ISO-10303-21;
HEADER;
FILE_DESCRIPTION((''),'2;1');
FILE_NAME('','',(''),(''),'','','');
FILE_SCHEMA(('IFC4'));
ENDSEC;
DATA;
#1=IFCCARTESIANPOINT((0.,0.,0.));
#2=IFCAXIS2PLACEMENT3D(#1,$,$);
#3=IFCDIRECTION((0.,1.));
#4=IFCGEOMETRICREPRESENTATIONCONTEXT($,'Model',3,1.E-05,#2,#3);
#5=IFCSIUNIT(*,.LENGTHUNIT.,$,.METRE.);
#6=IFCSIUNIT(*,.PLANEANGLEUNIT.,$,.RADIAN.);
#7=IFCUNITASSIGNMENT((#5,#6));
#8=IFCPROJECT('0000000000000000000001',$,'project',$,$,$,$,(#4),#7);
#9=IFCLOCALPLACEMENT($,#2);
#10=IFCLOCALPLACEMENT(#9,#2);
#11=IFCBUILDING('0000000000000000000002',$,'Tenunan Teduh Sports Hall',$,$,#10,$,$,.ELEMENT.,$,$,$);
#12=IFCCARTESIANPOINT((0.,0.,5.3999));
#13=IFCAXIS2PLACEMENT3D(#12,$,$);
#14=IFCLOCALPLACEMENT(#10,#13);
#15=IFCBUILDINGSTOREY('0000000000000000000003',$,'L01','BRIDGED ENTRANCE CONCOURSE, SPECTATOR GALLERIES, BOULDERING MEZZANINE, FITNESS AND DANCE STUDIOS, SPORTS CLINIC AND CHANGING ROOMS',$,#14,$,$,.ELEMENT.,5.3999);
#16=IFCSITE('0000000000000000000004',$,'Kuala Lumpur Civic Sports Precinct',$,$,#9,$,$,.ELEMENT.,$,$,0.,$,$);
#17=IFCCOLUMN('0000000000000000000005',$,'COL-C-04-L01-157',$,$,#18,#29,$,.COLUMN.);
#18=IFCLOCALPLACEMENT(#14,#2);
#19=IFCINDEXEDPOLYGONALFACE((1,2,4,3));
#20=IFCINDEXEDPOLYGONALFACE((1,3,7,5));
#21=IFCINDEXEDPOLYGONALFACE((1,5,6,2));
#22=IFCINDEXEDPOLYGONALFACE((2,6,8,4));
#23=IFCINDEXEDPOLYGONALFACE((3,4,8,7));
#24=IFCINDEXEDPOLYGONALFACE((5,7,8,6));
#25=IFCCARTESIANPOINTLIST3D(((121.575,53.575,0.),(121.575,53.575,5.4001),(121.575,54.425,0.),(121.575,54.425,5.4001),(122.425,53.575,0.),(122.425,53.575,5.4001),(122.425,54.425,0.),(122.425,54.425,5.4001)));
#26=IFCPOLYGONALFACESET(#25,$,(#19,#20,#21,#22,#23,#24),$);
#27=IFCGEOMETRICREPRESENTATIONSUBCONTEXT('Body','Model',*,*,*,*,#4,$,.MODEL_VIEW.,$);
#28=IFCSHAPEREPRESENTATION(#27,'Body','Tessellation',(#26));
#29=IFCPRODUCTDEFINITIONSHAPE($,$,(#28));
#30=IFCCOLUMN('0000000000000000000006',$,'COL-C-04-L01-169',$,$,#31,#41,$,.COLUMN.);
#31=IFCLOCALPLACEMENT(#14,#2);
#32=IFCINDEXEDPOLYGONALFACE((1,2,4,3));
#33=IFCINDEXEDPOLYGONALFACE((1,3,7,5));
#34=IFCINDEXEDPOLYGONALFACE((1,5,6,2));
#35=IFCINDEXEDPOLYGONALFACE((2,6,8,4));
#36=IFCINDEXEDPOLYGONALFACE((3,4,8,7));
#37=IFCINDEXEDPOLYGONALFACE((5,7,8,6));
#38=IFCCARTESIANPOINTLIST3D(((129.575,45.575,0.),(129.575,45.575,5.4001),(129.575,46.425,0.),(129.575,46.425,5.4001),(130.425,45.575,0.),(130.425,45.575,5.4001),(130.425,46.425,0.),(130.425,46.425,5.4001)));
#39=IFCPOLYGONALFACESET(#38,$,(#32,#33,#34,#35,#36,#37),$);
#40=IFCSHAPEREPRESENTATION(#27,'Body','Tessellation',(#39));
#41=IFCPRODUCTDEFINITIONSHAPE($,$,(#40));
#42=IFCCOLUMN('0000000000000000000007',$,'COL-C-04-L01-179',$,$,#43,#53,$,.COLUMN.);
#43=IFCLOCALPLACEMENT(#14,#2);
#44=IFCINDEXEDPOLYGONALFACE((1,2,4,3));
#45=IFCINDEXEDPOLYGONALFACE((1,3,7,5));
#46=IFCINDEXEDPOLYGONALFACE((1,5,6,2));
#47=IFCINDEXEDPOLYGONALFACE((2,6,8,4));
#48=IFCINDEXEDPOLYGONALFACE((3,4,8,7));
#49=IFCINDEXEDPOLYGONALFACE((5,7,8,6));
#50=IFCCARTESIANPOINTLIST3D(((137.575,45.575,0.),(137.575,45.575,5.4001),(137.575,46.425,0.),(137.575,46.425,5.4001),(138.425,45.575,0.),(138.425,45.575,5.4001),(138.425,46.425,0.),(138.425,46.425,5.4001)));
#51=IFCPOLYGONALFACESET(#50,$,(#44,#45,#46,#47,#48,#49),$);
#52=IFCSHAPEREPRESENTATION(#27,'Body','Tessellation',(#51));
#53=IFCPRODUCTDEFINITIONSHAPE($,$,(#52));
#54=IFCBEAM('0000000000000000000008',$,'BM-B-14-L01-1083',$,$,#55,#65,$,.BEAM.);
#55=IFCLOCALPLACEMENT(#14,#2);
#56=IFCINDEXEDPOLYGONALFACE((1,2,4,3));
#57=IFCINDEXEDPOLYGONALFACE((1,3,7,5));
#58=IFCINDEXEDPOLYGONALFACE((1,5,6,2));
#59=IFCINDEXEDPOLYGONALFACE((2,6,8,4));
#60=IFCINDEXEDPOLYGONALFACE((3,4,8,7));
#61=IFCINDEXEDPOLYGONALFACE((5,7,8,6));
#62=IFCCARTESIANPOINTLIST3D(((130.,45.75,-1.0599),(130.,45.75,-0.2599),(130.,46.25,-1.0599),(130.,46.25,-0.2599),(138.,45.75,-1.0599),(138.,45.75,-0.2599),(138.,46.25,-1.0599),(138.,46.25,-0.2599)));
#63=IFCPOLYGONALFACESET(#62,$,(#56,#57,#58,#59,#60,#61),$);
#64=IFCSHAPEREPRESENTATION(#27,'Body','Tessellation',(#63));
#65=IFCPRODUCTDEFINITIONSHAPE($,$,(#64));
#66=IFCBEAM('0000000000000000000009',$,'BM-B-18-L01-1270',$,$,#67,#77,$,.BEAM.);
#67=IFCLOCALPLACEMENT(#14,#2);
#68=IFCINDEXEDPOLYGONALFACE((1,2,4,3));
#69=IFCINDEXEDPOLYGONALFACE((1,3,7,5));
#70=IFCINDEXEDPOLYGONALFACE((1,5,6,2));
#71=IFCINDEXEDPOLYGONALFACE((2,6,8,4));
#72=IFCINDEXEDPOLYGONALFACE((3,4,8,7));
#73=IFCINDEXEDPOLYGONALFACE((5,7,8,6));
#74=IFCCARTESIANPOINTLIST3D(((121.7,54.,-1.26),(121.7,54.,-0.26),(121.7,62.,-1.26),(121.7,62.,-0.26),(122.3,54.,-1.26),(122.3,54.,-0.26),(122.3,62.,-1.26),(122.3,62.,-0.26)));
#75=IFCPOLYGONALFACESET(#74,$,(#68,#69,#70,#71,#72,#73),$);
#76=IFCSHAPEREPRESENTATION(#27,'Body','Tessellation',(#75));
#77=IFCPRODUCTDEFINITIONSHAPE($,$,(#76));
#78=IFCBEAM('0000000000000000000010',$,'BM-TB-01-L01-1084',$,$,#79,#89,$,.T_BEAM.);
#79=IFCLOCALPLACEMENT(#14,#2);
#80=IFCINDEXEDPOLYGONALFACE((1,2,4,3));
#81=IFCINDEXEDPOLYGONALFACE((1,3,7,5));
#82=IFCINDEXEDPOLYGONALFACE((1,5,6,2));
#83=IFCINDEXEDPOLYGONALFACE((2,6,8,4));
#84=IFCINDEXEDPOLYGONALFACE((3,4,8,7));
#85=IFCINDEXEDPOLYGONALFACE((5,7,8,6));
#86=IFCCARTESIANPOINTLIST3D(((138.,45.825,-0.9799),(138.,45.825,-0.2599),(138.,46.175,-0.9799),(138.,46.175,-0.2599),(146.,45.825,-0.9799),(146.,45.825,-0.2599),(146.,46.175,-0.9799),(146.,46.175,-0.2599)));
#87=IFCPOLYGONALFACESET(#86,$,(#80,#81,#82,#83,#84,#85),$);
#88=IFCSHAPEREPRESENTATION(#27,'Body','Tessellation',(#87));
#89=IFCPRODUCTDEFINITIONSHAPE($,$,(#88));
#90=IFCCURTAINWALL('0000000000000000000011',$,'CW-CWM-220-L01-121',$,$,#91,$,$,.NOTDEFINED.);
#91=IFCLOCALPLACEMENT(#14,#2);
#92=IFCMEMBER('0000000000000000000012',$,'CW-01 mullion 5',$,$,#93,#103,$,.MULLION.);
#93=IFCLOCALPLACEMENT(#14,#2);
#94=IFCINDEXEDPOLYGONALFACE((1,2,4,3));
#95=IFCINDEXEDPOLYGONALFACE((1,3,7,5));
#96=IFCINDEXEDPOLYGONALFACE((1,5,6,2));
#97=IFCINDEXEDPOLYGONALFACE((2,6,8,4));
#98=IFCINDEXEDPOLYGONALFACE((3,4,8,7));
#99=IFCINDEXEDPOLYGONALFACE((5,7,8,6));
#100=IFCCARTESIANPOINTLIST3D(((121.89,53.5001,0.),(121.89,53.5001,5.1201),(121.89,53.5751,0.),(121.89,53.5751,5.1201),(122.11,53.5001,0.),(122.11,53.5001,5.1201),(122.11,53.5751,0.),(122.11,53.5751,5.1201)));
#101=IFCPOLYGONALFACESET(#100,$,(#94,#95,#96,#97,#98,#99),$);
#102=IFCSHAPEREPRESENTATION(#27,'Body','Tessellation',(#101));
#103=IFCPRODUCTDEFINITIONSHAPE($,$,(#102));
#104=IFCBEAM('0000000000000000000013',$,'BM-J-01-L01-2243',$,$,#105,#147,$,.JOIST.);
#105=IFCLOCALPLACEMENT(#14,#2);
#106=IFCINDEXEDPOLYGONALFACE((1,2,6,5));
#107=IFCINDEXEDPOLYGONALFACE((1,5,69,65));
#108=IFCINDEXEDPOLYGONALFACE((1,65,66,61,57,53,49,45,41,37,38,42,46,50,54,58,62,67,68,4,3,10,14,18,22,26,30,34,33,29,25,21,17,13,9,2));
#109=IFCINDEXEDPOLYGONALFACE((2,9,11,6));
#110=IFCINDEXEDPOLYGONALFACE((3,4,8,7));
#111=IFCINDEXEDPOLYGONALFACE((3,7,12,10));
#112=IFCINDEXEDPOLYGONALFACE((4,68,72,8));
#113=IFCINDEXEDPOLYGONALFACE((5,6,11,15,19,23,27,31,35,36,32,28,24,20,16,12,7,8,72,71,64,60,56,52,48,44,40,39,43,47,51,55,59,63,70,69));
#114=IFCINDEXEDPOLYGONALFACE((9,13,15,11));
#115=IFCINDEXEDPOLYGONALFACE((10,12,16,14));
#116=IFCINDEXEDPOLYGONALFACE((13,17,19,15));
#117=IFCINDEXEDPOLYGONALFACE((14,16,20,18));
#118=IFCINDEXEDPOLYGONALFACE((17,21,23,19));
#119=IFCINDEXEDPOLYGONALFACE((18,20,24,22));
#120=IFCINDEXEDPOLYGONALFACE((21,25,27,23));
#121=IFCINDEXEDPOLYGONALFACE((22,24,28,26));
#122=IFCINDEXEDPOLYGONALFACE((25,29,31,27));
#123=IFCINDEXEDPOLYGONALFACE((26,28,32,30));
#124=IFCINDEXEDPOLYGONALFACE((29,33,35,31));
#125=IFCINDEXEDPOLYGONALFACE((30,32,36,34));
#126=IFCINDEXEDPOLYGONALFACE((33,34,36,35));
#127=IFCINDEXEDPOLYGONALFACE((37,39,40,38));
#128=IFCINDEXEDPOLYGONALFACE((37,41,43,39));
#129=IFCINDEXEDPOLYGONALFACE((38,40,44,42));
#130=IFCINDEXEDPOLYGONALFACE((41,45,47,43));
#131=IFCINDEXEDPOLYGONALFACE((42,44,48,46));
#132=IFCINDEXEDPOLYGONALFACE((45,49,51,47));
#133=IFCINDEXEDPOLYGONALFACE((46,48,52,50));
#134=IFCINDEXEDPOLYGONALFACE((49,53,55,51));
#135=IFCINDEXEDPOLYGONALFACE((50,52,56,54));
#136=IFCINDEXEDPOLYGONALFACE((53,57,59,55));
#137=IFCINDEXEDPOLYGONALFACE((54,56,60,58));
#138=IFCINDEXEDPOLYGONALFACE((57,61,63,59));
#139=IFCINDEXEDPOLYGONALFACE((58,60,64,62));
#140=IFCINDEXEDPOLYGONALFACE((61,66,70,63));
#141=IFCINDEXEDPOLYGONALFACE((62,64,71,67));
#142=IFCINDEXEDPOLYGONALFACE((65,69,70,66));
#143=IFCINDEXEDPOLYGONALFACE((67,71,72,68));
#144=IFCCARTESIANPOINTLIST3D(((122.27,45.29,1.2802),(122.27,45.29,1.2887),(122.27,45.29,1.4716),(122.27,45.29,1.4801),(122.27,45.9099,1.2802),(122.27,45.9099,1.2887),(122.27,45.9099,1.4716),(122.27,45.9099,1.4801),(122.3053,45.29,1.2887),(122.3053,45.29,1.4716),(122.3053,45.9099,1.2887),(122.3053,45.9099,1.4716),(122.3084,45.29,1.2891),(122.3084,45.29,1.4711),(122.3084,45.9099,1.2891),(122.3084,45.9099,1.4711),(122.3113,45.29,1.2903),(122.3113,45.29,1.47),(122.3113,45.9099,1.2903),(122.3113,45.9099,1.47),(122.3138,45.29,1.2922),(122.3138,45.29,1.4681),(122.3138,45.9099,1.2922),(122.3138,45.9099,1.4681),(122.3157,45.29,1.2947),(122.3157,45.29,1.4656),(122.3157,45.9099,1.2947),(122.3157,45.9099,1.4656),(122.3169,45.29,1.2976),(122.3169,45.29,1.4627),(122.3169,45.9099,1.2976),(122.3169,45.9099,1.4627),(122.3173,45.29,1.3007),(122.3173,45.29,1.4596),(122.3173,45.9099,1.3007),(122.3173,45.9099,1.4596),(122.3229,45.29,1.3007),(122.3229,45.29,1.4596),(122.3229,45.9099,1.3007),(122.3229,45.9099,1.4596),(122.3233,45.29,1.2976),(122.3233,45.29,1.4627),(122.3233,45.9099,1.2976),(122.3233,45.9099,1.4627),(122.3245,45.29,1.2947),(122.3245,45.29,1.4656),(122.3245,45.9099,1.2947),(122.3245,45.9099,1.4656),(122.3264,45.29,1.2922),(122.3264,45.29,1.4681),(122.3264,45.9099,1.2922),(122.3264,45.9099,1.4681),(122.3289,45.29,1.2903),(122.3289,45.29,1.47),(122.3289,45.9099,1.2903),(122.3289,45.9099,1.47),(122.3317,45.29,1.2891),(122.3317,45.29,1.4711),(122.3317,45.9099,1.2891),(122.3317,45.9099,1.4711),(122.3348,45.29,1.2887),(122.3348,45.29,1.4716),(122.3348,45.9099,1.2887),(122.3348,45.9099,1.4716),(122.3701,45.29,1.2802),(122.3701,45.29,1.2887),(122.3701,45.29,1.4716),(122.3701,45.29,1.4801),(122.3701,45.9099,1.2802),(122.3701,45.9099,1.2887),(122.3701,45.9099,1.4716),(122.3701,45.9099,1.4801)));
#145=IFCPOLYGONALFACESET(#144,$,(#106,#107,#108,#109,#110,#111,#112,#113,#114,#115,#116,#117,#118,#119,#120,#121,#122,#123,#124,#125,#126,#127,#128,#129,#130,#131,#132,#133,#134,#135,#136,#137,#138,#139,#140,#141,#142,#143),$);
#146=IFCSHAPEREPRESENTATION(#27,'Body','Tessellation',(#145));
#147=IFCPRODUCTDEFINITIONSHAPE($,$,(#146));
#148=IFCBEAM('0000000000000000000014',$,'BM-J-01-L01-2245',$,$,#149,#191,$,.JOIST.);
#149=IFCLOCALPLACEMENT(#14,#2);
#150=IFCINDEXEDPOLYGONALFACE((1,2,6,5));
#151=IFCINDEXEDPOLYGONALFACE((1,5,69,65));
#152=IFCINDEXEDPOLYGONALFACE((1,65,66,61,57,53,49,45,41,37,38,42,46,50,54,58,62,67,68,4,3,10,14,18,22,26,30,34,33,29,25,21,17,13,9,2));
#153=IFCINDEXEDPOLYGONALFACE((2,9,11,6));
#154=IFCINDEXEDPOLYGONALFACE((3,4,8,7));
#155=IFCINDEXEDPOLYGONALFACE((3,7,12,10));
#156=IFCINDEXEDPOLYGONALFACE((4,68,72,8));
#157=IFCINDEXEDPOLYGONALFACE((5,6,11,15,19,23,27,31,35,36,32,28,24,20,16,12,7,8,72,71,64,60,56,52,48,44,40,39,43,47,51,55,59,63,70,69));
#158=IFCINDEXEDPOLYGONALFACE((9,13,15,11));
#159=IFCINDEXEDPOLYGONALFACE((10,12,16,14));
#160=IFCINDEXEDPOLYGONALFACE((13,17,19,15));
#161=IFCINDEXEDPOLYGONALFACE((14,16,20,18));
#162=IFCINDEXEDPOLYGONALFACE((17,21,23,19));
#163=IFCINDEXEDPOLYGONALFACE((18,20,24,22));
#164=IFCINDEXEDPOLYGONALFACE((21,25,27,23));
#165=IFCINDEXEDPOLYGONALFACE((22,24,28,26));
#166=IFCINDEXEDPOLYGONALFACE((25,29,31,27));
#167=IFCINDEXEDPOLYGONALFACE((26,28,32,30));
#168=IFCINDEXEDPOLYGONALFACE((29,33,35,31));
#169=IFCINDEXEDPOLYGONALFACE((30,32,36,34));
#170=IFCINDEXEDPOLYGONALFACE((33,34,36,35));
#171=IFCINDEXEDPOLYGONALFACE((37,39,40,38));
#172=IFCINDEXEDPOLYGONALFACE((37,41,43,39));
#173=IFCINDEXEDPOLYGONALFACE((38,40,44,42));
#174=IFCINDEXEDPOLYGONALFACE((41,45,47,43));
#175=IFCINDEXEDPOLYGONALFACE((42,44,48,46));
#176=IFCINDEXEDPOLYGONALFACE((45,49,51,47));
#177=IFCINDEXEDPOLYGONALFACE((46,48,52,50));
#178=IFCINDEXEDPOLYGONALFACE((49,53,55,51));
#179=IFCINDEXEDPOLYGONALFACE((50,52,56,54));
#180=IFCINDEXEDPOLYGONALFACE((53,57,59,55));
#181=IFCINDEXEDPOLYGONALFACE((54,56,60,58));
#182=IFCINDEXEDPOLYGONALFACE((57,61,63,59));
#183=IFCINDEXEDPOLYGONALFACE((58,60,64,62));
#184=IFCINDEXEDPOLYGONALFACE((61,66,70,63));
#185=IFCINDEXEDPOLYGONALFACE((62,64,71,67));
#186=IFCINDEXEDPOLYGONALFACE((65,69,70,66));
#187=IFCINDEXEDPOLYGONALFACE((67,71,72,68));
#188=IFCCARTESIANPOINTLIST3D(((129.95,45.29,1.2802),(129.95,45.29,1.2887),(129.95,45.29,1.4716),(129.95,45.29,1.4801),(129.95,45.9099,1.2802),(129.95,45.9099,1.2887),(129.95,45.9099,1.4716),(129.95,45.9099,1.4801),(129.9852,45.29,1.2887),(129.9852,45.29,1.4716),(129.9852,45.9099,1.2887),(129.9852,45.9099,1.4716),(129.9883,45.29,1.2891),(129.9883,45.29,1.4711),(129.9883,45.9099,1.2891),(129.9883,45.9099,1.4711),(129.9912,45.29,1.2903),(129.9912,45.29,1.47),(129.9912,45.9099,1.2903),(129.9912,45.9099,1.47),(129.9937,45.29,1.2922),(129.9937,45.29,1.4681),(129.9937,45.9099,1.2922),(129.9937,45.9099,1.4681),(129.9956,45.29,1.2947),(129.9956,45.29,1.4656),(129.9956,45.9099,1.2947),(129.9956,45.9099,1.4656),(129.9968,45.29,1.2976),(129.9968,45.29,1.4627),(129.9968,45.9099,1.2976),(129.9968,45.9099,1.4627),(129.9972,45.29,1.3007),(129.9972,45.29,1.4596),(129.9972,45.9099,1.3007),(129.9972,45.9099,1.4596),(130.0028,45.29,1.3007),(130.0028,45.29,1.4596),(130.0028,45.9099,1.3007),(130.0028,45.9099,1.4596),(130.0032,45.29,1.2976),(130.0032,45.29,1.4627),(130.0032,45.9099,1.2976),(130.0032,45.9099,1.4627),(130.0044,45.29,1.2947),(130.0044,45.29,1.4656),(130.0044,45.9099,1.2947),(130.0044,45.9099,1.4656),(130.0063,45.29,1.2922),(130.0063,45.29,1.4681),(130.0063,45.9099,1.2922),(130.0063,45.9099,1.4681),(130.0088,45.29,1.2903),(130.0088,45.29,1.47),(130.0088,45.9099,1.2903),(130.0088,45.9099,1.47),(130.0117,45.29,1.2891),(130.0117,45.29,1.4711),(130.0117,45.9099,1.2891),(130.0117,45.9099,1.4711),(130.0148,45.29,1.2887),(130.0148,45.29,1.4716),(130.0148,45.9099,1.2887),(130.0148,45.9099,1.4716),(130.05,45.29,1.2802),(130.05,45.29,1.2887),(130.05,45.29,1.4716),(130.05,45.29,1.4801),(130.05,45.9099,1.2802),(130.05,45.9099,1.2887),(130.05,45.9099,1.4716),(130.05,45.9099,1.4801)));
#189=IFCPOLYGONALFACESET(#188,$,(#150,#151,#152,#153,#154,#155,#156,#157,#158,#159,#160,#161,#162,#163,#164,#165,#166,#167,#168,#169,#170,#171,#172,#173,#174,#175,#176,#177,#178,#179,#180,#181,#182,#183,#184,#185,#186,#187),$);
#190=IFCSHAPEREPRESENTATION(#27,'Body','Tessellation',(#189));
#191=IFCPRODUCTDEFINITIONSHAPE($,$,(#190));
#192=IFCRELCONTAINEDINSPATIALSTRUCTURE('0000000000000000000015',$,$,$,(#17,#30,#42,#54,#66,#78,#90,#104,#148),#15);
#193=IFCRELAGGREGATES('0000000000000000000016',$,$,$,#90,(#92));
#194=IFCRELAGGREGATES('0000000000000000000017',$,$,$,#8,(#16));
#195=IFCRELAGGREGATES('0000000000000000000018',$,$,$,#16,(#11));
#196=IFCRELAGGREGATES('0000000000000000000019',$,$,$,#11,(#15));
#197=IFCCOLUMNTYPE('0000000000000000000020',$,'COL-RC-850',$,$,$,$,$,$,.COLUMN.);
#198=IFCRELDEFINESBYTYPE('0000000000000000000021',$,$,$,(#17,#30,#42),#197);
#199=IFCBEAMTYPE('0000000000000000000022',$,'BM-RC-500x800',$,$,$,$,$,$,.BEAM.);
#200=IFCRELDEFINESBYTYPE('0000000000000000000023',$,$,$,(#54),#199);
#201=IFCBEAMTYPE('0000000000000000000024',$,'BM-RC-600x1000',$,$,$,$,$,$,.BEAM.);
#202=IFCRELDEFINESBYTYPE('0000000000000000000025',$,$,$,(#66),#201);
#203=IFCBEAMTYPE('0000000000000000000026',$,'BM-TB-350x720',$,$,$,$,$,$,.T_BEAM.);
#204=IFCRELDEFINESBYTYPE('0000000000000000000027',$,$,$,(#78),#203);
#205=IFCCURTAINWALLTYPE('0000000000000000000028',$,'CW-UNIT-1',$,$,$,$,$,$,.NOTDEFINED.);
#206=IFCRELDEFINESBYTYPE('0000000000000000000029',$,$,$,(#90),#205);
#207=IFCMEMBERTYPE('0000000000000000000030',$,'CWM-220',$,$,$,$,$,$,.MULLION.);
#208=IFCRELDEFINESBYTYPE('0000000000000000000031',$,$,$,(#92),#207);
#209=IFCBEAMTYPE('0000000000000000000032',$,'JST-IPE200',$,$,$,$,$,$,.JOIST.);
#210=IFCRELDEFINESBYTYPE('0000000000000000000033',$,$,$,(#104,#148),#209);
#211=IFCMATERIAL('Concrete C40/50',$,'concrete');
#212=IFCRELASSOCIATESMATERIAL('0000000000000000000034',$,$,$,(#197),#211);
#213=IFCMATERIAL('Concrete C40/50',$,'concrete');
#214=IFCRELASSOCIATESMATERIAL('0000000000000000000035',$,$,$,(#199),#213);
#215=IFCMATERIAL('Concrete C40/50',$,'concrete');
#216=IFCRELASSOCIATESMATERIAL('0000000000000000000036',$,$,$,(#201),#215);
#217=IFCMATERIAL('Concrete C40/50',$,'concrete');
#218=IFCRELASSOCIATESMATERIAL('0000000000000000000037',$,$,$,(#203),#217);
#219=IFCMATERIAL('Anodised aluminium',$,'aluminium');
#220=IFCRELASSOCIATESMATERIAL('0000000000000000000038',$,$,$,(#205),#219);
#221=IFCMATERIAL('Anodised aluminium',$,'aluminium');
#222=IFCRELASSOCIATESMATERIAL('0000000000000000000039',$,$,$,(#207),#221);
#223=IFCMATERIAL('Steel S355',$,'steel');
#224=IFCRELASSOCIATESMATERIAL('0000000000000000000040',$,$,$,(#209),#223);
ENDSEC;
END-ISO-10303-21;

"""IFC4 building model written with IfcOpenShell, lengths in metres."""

from ifc_helpers import new_model, si_unit, direction, frame, origin, origin_2d, place, context, subcontext, project, spatial, rectangle, i_section, extrude, material, material_profile, profile_set, type_object, element, aggregate, save


model = new_model("IFC4")

# Units and contexts
model_context = context("Model", 3, precision=1e-05, world=origin(), true_north=direction((0.0, 1.0)))
body_context = subcontext(model_context, "Body", "Model", "MODEL_VIEW")
ifc_project = project(units=[si_unit("LENGTHUNIT", "METRE"), si_unit("PLANEANGLEUNIT", "RADIAN")], contexts=[model_context])

# Site, building, storey
site_placement = place(None, origin())
site = spatial("IfcSite", under=ifc_project, at=site_placement, Name="Kuala Lumpur Civic Sports Precinct", CompositionType="ELEMENT", RefElevation=0.0)
building_placement = place(site_placement, origin())
building = spatial("IfcBuilding", under=site, at=building_placement, Name="Tenunan Teduh Sports Hall", CompositionType="ELEMENT")
storey_placement = place(building_placement, frame((0.0, 0.0, 5.3999)))
storey = spatial("IfcBuildingStorey", under=building, at=storey_placement, Name="L01", Description="BRIDGED ENTRANCE CONCOURSE, SPECTATOR GALLERIES, BOULDERING MEZZANINE, FITNESS AND DANCE STUDIOS, SPORTS CLINIC AND CHANGING ROOMS", CompositionType="ELEMENT", Elevation=5.3999)

# Columns
ifc_material_1 = material(Name="Concrete C40/50", Category="concrete")
ifc_material_profile_1 = material_profile(ifc_material_1, rectangle(XDim=0.8501, YDim=0.8501, at=origin_2d()), Name="RC 850x850")
ifc_profile_set_1 = profile_set([ifc_material_profile_1], Name="Concrete C40/50")
column_type = type_object("IfcColumnType", Name="COL-RC-850", PredefinedType="COLUMN", material=ifc_profile_set_1)
for number, where, z_axis, x_axis, name in (
    (1, (122.0, 54.0, 0.0), (0.0, 0.0, 1.0), (1.0, 0.0, 0.0), "COL-C-04-L01-157"),
    (2, (130.0, 46.0, 0.0), (0.0, 0.0, 1.0), (1.0, 0.0, 0.0), "COL-C-04-L01-169"),
    (3, (138.0, 46.0, 0.0), (0.0, 0.0, 1.0), (1.0, 0.0, 0.0), "COL-C-04-L01-179"),
):
    element("IfcColumn", number, at=place(storey_placement, frame(where, z_axis=z_axis, x_axis=x_axis)), inside=storey, type_object=column_type, Name=name, PredefinedType="COLUMN", context=body_context, shape_type="SweptSolid", body=[
        extrude(rectangle(XDim=0.8501, YDim=0.8501, at=origin_2d()), origin(), (0.0, 0.0, 1.0), 5.4001),
    ])

# Beams
ifc_material_2 = material(Name="Concrete C40/50", Category="concrete")
ifc_material_profile_2 = material_profile(ifc_material_2, rectangle(XDim=0.5, YDim=0.8, at=origin_2d()), Name="RCB 500x800")
ifc_profile_set_2 = profile_set([ifc_material_profile_2], Name="Concrete C40/50")
beam_type_1 = type_object("IfcBeamType", Name="BM-RC-500x800", PredefinedType="BEAM", material=ifc_profile_set_2)
beam_1_placement = place(storey_placement, frame((130.0, 46.0, -0.6599), z_axis=(1.0, 0.0, 0.0), x_axis=(0.0, 1.0, 0.0)))
element("IfcBeam", 4, at=beam_1_placement, inside=storey, type_object=beam_type_1, Name="BM-B-14-L01-1083", PredefinedType="BEAM", context=body_context, shape_type="SweptSolid", body=[
    extrude(rectangle(XDim=0.5, YDim=0.8, at=origin_2d()), origin(), (0.0, 0.0, 1.0), 8.0),
])
ifc_material_3 = material(Name="Concrete C40/50", Category="concrete")
ifc_material_profile_3 = material_profile(ifc_material_3, rectangle(XDim=0.6001, YDim=1.0, at=origin_2d()), Name="RCB 600x1000")
ifc_profile_set_3 = profile_set([ifc_material_profile_3], Name="Concrete C40/50")
beam_type_2 = type_object("IfcBeamType", Name="BM-RC-600x1000", PredefinedType="BEAM", material=ifc_profile_set_3)
beam_2_placement = place(storey_placement, frame((122.0, 54.0, -0.76), z_axis=(0.0, 1.0, 0.0), x_axis=(-1.0, 0.0, 0.0)))
element("IfcBeam", 5, at=beam_2_placement, inside=storey, type_object=beam_type_2, Name="BM-B-18-L01-1270", PredefinedType="BEAM", context=body_context, shape_type="SweptSolid", body=[
    extrude(rectangle(XDim=0.6001, YDim=1.0, at=origin_2d()), origin(), (0.0, 0.0, 1.0), 8.0),
])
ifc_material_4 = material(Name="Concrete C40/50", Category="concrete")
ifc_material_profile_4 = material_profile(ifc_material_4, rectangle(XDim=0.3501, YDim=0.72, at=origin_2d()), Name="TB 350x720")
ifc_profile_set_4 = profile_set([ifc_material_profile_4], Name="Concrete C40/50")
beam_type_3 = type_object("IfcBeamType", Name="BM-TB-350x720", PredefinedType="T_BEAM", material=ifc_profile_set_4)
beam_3_placement = place(storey_placement, frame((138.0, 46.0, -0.6199), z_axis=(1.0, 0.0, 0.0), x_axis=(0.0, 1.0, 0.0)))
element("IfcBeam", 6, at=beam_3_placement, inside=storey, type_object=beam_type_3, Name="BM-TB-01-L01-1084", PredefinedType="T_BEAM", context=body_context, shape_type="SweptSolid", body=[
    extrude(rectangle(XDim=0.3501, YDim=0.72, at=origin_2d()), origin(), (0.0, 0.0, 1.0), 8.0),
])

# Curtain wall, member
ifc_material_5 = material(Name="Anodised aluminium", Category="aluminium")
curtain_wall_type = type_object("IfcCurtainWallType", Name="CW-UNIT-1", PredefinedType="NOTDEFINED", material=ifc_material_5)
curtain_wall_placement = place(storey_placement, origin())
curtain_wall = element("IfcCurtainWall", 7, at=curtain_wall_placement, inside=storey, type_object=curtain_wall_type, Name="CW-CWM-220-L01-121", PredefinedType="NOTDEFINED")
ifc_material_6 = material(Name="Anodised aluminium", Category="aluminium")
ifc_material_profile_5 = material_profile(ifc_material_6, rectangle(XDim=0.075, YDim=0.22, at=origin_2d()), Name="CWM 75x220")
ifc_profile_set_5 = profile_set([ifc_material_profile_5], Name="Anodised aluminium")
member_type_1 = type_object("IfcMemberType", Name="CWM-220", PredefinedType="MULLION", material=ifc_profile_set_5)
member_1_placement = place(storey_placement, frame((122.0, 53.5376, 0.0), z_axis=(0.0, 0.0, 1.0), x_axis=(0.0, 1.0, 0.0)))
member_1 = element("IfcMember", 8, at=member_1_placement, type_object=member_type_1, Name="CW-01 mullion 5", PredefinedType="MULLION", context=body_context, shape_type="SweptSolid", body=[
    extrude(rectangle(XDim=0.075, YDim=0.22, at=origin_2d()), origin(), (0.0, 0.0, 1.0), 5.1201),
])

# Beams
ifc_material_7 = material(Name="Steel S355", Category="steel")
ifc_material_profile_6 = material_profile(ifc_material_7, i_section(OverallWidth=0.1001, OverallDepth=0.2, WebThickness=0.0056, FlangeThickness=0.0085, FilletRadius=0.012, at=origin_2d()), Name="IPE 200")
ifc_profile_set_6 = profile_set([ifc_material_profile_6], Name="Steel S355")
beam_type_4 = type_object("IfcBeamType", Name="JST-IPE200", PredefinedType="JOIST", material=ifc_profile_set_6)
for number, where, z_axis, x_axis, name in (
    (9, (122.3201, 45.29, 1.3801), (0.0, 1.0, 0.0), (-1.0, 0.0, 0.0), "BM-J-01-L01-2243"),
    (10, (130.0, 45.29, 1.3801), (0.0, 1.0, 0.0), (-1.0, 0.0, 0.0), "BM-J-01-L01-2245"),
):
    element("IfcBeam", number, at=place(storey_placement, frame(where, z_axis=z_axis, x_axis=x_axis)), inside=storey, type_object=beam_type_4, Name=name, PredefinedType="JOIST", context=body_context, shape_type="SweptSolid", body=[
        extrude(i_section(OverallWidth=0.1001, OverallDepth=0.2, WebThickness=0.0056, FlangeThickness=0.0085, FilletRadius=0.012, at=origin_2d()), origin(), (0.0, 0.0, 1.0), 0.6199),
    ])

aggregate(curtain_wall, [member_1])

save(model, "model.ifc")
